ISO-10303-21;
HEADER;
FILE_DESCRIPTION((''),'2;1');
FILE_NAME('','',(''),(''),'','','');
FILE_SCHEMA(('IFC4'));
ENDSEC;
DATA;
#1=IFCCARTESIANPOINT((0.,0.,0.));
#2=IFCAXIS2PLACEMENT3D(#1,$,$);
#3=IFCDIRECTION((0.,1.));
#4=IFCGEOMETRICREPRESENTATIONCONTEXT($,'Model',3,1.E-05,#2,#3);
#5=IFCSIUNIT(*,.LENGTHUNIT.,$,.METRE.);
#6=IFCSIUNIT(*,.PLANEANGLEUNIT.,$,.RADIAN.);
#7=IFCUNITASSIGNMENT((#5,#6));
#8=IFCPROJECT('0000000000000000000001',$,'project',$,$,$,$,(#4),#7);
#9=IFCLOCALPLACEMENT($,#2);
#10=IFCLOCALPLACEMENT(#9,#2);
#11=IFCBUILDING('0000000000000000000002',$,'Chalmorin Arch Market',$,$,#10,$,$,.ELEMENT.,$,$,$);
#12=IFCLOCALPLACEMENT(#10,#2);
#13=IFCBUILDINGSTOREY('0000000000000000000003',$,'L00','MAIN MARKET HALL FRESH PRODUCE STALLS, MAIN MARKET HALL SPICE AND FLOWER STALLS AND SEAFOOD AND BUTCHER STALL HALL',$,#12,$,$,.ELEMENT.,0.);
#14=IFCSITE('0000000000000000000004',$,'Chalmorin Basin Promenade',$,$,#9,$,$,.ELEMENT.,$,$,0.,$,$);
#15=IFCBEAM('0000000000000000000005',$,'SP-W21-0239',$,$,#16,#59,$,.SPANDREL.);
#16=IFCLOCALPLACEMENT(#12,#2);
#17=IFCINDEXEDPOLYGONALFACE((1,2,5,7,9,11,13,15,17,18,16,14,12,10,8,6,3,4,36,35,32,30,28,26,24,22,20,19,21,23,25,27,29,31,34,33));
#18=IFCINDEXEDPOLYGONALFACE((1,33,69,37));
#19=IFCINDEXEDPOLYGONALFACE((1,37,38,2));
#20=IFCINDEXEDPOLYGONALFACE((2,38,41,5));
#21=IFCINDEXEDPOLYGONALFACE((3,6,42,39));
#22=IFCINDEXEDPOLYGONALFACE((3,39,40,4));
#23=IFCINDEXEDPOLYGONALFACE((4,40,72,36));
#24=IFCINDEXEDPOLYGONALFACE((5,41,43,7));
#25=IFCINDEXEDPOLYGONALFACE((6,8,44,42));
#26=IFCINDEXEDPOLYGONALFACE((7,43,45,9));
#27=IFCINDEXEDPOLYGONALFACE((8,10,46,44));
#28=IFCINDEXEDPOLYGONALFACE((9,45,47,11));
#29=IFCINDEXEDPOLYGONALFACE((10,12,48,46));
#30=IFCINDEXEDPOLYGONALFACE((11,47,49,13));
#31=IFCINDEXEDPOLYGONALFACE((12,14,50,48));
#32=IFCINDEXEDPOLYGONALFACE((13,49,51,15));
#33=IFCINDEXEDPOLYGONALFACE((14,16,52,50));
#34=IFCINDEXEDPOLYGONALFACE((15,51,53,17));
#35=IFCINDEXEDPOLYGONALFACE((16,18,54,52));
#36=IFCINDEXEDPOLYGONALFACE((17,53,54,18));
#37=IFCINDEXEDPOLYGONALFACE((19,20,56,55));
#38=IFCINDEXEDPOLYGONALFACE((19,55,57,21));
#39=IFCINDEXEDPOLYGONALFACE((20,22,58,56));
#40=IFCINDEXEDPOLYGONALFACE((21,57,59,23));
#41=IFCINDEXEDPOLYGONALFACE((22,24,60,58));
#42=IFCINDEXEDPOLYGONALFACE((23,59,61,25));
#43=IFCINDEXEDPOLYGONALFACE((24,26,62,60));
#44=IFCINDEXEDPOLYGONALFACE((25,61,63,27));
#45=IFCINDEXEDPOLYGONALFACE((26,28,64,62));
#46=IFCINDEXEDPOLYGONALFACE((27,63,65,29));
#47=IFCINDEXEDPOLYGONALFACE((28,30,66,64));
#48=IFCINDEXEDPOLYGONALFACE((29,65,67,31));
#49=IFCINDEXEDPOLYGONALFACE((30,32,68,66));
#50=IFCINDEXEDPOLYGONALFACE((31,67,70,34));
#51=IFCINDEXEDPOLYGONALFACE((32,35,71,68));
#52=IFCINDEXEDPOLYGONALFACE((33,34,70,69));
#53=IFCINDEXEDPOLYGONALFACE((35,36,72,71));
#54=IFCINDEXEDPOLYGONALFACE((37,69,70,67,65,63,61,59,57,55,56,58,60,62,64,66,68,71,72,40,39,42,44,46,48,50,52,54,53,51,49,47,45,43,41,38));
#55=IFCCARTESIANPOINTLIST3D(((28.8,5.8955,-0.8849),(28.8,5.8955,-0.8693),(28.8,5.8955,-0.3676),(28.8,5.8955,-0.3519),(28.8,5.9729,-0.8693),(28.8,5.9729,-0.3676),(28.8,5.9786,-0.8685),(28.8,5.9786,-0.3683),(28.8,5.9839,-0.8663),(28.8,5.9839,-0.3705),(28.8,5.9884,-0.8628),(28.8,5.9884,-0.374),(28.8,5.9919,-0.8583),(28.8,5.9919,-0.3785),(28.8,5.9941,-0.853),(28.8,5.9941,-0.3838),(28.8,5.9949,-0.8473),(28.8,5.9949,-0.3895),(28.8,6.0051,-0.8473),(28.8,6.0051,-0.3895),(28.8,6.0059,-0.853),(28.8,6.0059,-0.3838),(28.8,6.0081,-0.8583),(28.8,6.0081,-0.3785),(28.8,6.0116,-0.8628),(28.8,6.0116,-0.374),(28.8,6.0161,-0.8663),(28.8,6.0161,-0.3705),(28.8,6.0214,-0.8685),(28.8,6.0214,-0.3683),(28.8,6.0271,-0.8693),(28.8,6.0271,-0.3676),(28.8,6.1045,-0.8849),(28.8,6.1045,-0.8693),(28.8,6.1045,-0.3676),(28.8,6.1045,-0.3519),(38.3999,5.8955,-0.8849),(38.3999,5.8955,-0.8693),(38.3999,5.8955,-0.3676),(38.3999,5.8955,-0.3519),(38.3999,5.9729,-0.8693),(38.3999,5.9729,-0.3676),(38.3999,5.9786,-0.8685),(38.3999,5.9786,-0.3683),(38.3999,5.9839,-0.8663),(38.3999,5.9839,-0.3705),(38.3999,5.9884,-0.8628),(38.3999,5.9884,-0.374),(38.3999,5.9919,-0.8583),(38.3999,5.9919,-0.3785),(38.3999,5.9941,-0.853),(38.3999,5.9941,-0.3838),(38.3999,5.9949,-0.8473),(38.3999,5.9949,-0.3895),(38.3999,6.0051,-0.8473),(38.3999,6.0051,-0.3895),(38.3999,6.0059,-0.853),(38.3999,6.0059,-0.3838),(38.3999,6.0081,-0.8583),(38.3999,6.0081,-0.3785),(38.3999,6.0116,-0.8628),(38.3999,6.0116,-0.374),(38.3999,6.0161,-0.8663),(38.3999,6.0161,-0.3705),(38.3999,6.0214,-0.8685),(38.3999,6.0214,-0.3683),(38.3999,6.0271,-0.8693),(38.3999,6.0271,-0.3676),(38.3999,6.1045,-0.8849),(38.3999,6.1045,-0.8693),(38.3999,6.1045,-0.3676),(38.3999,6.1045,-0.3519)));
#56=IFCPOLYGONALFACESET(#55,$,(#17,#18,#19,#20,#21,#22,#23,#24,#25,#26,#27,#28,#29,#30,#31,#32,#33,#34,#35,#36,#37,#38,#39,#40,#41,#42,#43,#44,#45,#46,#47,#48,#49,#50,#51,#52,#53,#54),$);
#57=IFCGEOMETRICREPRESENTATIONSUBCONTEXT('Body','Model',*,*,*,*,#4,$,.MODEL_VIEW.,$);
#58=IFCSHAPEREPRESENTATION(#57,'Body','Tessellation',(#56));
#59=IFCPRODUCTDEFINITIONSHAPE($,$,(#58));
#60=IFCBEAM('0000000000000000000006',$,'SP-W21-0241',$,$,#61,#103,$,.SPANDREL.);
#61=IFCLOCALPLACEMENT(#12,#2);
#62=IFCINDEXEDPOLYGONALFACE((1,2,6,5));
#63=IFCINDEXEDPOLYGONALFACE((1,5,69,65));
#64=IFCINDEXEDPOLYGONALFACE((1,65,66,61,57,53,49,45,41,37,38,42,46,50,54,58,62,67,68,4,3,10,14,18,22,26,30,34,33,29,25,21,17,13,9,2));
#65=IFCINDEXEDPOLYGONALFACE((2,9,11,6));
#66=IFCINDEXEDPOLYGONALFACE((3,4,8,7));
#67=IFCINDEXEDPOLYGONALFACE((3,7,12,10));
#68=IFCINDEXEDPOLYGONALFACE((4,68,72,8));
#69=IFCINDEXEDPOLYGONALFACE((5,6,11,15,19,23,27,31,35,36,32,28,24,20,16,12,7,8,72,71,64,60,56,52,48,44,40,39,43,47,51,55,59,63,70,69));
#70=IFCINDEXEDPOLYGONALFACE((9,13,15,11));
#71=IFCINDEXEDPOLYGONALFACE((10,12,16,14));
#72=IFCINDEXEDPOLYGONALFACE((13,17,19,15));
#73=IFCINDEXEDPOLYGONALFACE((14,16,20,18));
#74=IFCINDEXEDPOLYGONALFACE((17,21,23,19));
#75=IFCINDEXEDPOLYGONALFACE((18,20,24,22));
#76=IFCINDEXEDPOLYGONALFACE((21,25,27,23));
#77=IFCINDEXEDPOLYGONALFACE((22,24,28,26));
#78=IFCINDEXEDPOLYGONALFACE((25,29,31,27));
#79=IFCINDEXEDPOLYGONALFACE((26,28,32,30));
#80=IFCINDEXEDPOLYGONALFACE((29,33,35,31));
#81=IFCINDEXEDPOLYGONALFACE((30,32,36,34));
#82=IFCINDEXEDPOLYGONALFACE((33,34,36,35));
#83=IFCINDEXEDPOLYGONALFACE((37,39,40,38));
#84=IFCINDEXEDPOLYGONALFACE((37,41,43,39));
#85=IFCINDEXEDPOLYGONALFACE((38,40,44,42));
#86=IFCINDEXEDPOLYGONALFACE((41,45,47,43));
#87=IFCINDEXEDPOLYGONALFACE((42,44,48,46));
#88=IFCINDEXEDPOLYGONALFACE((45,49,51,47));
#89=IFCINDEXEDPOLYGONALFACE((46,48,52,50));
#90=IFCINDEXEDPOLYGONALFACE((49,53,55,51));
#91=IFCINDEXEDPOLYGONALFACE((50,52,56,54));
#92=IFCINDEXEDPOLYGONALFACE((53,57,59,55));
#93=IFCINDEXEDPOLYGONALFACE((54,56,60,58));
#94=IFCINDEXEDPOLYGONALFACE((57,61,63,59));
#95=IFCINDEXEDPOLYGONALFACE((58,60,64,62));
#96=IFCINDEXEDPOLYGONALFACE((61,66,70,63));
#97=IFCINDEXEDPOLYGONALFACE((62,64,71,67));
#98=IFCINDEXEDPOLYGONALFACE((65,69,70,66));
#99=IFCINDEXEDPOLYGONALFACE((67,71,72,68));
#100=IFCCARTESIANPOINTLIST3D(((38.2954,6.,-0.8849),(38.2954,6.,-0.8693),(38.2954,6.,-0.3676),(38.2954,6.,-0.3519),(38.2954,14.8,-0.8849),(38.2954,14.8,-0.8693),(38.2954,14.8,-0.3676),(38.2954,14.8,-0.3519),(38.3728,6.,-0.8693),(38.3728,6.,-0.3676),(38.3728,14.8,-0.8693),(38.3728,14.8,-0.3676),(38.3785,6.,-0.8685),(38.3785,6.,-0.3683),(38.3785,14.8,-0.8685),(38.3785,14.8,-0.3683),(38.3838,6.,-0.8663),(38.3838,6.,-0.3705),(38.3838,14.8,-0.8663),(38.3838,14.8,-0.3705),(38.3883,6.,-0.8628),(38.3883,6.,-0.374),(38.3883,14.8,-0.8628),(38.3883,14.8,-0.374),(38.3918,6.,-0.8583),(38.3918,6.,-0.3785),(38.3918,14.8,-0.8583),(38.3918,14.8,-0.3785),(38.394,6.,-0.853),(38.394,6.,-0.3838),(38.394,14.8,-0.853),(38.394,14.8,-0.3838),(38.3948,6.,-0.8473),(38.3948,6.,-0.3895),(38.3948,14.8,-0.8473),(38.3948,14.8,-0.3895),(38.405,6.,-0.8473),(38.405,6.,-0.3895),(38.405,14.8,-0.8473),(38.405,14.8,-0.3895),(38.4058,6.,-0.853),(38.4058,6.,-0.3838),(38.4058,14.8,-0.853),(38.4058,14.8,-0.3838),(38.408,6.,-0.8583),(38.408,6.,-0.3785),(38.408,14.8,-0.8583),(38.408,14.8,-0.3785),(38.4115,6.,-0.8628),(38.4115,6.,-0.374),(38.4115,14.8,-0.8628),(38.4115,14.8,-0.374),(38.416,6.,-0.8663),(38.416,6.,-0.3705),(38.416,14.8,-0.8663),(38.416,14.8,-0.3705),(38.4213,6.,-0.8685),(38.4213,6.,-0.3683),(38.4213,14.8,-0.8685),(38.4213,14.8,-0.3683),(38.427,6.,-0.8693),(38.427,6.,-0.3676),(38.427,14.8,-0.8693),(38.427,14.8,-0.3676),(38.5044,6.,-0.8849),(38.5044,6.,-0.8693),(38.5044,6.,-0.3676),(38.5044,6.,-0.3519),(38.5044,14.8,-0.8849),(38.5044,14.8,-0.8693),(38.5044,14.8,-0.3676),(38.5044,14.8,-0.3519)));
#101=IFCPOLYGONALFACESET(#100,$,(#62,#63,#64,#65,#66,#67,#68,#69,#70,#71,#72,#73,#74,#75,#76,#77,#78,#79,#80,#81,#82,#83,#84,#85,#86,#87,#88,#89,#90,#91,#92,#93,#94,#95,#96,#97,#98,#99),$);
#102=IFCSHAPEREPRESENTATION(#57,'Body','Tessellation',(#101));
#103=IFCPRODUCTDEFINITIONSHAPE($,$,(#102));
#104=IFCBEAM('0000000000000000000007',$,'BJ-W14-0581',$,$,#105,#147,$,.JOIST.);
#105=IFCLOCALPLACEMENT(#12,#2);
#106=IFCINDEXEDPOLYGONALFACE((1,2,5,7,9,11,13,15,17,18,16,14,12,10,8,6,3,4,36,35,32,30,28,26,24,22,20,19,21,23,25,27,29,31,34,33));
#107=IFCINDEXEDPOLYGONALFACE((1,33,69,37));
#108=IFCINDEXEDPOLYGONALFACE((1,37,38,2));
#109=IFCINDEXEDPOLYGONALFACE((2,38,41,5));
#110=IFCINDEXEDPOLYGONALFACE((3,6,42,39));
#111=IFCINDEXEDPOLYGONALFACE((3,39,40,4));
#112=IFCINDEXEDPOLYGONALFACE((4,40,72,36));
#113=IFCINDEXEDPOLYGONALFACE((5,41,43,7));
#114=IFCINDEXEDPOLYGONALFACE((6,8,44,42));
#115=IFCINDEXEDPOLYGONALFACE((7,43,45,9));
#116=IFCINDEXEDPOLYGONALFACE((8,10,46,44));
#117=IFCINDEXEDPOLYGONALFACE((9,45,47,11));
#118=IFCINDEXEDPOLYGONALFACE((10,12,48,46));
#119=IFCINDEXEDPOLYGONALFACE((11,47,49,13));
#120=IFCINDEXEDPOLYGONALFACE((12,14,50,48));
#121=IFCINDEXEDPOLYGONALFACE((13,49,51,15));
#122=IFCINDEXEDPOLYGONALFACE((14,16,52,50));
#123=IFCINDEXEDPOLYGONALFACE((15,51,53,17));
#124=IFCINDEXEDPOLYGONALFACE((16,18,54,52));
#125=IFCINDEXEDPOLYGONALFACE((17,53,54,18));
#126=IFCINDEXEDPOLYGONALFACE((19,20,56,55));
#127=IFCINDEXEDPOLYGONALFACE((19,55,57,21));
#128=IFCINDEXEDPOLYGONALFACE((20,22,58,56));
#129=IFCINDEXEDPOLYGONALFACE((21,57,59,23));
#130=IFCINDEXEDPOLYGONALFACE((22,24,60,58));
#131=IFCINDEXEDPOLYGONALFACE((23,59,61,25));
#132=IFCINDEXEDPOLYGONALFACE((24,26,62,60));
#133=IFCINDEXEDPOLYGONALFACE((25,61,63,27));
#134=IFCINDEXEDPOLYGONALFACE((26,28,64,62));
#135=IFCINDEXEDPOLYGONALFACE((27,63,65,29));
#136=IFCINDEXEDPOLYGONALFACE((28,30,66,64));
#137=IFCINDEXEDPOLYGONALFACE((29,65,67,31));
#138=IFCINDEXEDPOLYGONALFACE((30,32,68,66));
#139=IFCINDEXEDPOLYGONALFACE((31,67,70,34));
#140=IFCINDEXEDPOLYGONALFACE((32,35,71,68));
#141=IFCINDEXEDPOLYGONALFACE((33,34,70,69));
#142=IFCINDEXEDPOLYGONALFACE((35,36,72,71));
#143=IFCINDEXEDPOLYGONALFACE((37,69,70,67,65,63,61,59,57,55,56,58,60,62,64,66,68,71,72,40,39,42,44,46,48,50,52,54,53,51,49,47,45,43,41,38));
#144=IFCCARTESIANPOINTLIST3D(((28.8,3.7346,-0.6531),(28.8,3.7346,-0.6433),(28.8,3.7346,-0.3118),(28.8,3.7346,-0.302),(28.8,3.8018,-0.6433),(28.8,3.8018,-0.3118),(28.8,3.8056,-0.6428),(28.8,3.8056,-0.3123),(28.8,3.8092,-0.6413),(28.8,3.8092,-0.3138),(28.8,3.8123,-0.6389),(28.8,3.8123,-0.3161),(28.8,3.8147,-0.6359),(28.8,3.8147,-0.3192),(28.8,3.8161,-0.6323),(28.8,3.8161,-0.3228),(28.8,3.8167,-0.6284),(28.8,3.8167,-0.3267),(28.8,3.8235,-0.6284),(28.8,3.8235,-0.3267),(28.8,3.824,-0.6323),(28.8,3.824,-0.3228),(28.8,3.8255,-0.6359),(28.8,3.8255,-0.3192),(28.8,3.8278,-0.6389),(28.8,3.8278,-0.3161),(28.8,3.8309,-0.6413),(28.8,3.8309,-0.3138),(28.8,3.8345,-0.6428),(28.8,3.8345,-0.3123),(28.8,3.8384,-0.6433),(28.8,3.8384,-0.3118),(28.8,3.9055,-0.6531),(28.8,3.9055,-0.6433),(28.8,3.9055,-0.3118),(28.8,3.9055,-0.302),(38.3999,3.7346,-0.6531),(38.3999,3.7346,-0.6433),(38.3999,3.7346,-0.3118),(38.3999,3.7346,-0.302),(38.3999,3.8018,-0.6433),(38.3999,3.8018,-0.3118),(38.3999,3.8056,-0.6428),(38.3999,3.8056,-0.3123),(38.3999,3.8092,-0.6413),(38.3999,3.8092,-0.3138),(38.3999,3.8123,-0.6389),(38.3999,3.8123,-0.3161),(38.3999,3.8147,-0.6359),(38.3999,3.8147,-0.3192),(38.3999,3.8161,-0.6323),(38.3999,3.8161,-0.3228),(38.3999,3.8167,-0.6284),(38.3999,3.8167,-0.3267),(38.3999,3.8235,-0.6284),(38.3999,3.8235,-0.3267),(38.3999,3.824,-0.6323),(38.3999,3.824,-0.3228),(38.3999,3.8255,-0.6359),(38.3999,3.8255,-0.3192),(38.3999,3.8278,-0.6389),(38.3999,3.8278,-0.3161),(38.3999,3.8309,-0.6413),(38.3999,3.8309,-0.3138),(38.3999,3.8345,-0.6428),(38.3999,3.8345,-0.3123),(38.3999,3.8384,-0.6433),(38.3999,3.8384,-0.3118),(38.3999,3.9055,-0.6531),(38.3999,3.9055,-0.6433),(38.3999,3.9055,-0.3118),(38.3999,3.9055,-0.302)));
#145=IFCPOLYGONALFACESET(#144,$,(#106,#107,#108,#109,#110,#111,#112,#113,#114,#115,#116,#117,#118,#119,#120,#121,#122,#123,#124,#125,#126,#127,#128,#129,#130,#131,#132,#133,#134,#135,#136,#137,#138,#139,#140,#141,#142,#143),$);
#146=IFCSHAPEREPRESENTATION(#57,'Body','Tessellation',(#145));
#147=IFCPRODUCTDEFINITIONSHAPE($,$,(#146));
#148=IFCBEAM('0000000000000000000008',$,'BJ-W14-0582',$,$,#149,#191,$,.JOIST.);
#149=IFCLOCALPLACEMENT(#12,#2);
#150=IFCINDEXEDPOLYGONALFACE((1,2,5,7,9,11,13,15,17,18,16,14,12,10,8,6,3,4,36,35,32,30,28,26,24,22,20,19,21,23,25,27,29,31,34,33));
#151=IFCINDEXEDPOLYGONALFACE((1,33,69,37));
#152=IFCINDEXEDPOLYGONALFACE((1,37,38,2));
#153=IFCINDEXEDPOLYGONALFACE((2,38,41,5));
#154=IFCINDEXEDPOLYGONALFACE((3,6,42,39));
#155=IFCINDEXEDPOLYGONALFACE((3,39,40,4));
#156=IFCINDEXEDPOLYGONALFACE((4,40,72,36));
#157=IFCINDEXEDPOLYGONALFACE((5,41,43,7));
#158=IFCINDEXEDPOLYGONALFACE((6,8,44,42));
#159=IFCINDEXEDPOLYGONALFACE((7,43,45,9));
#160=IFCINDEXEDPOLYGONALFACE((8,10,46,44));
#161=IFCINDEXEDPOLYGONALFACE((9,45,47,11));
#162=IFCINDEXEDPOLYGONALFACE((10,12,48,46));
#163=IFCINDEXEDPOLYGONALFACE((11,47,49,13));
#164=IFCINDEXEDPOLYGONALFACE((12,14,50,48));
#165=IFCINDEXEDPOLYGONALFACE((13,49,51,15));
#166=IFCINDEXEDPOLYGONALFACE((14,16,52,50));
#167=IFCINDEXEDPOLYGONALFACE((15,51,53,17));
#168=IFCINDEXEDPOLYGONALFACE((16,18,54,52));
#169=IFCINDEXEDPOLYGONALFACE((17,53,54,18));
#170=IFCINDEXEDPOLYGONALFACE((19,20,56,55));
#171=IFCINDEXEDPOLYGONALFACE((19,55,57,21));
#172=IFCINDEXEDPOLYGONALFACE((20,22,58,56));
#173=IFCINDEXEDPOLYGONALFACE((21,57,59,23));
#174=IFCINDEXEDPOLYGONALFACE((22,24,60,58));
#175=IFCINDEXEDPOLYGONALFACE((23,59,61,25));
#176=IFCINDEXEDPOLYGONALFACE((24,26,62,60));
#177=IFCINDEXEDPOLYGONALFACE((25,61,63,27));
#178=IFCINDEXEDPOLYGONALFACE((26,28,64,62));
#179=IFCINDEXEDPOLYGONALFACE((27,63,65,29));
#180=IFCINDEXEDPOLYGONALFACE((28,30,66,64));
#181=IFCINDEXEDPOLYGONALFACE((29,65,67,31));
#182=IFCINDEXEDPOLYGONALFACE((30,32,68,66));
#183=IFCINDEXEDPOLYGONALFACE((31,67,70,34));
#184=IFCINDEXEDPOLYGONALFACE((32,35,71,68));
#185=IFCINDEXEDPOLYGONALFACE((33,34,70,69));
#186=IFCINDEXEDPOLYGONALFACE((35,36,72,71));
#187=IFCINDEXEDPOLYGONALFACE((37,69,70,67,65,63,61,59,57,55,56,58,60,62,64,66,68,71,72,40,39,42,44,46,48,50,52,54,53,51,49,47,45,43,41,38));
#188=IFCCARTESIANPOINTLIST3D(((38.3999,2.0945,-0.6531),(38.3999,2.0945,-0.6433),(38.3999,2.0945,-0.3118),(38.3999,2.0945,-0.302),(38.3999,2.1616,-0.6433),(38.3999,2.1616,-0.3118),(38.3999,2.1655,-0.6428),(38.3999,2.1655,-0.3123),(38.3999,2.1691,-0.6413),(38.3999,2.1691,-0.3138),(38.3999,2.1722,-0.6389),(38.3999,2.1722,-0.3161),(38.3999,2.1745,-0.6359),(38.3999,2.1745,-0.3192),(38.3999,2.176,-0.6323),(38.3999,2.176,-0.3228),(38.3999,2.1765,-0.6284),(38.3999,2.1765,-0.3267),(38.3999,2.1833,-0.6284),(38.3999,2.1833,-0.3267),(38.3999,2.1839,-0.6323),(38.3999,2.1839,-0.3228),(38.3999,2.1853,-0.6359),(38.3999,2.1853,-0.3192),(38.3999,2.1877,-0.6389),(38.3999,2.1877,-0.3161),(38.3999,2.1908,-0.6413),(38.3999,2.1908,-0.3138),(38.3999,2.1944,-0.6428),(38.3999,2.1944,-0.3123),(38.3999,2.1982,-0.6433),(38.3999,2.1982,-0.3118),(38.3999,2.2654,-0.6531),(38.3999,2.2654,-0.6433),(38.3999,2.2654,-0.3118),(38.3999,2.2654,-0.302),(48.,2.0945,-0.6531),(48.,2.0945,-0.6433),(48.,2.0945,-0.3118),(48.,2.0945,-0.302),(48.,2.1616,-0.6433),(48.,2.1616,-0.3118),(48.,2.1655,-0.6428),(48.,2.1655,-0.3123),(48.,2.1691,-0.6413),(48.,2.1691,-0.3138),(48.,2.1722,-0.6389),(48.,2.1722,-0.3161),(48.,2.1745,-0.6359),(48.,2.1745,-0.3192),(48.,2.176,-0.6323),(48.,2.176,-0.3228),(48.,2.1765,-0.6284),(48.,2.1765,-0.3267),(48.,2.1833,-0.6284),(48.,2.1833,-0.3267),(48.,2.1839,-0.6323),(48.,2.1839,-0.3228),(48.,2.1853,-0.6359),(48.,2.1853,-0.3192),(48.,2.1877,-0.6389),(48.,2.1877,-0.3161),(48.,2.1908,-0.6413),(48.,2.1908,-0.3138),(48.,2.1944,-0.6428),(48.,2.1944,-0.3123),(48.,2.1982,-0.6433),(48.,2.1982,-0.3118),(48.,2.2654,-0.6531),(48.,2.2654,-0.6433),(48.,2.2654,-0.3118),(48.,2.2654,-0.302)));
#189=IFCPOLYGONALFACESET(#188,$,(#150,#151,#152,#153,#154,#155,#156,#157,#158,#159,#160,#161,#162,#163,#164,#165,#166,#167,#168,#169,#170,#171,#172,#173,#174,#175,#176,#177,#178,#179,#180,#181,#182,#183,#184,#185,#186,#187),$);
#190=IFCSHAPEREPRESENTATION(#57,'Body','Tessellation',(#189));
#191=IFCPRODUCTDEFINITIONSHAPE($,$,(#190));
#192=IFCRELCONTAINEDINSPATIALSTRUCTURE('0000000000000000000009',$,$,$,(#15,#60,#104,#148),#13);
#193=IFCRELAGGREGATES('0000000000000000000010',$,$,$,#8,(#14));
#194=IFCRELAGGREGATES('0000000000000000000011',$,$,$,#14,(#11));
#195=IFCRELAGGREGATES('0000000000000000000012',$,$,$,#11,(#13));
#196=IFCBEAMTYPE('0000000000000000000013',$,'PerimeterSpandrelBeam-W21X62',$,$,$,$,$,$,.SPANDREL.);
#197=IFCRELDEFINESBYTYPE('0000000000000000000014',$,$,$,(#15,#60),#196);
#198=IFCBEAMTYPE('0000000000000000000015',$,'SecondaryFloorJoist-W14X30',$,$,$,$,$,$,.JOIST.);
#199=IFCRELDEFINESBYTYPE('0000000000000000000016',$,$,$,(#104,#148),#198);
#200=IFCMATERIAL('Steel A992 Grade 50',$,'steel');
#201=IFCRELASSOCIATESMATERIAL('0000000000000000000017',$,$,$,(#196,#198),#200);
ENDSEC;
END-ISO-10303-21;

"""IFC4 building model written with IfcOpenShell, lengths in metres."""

from ifc_helpers import new_model, si_unit, direction, frame, origin, origin_2d, place, context, subcontext, project, spatial, i_section, extrude, material, material_profile, profile_set, type_object, element, save


model = new_model("IFC4")

# Units and contexts
model_context = context("Model", 3, precision=1e-05, world=origin(), true_north=direction((0.0, 1.0)))
body_context = subcontext(model_context, "Body", "Model", "MODEL_VIEW")
ifc_project = project(units=[si_unit("LENGTHUNIT", "METRE"), si_unit("PLANEANGLEUNIT", "RADIAN")], contexts=[model_context])

# Site, building, storey
site_placement = place(None, origin())
site = spatial("IfcSite", under=ifc_project, at=site_placement, Name="Chalmorin Basin Promenade", CompositionType="ELEMENT", RefElevation=0.0)
building_placement = place(site_placement, origin())
building = spatial("IfcBuilding", under=site, at=building_placement, Name="Chalmorin Arch Market", CompositionType="ELEMENT")
storey_placement = place(building_placement, origin())
storey = spatial("IfcBuildingStorey", under=building, at=storey_placement, Name="L00", Description="MAIN MARKET HALL FRESH PRODUCE STALLS, MAIN MARKET HALL SPICE AND FLOWER STALLS AND SEAFOOD AND BUTCHER STALL HALL", CompositionType="ELEMENT", Elevation=0.0)

# Beams
ifc_material_1 = material(Name="Steel A992 Grade 50", Category="steel")
ifc_material_profile_1 = material_profile(ifc_material_1, i_section(OverallWidth=0.209, OverallDepth=0.533, WebThickness=0.0103, FlangeThickness=0.0156, FilletRadius=0.022, at=origin_2d()), Name="W21X62")
ifc_profile_set_1 = profile_set([ifc_material_profile_1], Name="Steel A992 Grade 50")
beam_type_1 = type_object("IfcBeamType", Name="PerimeterSpandrelBeam-W21X62", PredefinedType="SPANDREL", material=ifc_profile_set_1)
beam_1_placement = place(storey_placement, frame((28.8, 6.0, -0.6184), z_axis=(1.0, 0.0, 0.0), x_axis=(0.0, 1.0, 0.0)))
element("IfcBeam", 1, at=beam_1_placement, inside=storey, type_object=beam_type_1, Name="SP-W21-0239", PredefinedType="SPANDREL", context=body_context, shape_type="SweptSolid", body=[
    extrude(i_section(OverallWidth=0.209, OverallDepth=0.533, WebThickness=0.0103, FlangeThickness=0.0156, FilletRadius=0.022, at=origin_2d()), origin(), (0.0, 0.0, 1.0), 9.5999),
])
beam_2_placement = place(storey_placement, frame((38.3999, 6.0, -0.6184), z_axis=(0.0, 1.0, 0.0), x_axis=(-1.0, 0.0, 0.0)))
element("IfcBeam", 2, at=beam_2_placement, inside=storey, type_object=beam_type_1, Name="SP-W21-0241", PredefinedType="SPANDREL", context=body_context, shape_type="SweptSolid", body=[
    extrude(i_section(OverallWidth=0.209, OverallDepth=0.533, WebThickness=0.0103, FlangeThickness=0.0156, FilletRadius=0.022, at=origin_2d()), origin(), (0.0, 0.0, 1.0), 8.8),
])
ifc_material_profile_2 = material_profile(ifc_material_1, i_section(OverallWidth=0.1709, OverallDepth=0.3511, WebThickness=0.0068, FlangeThickness=0.0098, FilletRadius=0.0149, at=origin_2d()), Name="W14X30")
ifc_profile_set_2 = profile_set([ifc_material_profile_2], Name="Steel A992 Grade 50")
beam_type_2 = type_object("IfcBeamType", Name="SecondaryFloorJoist-W14X30", PredefinedType="JOIST", material=ifc_profile_set_2)
beam_3_placement = place(storey_placement, frame((28.8, 3.8201, -0.4775), z_axis=(1.0, 0.0, 0.0), x_axis=(0.0, 1.0, 0.0)))
element("IfcBeam", 3, at=beam_3_placement, inside=storey, type_object=beam_type_2, Name="BJ-W14-0581", PredefinedType="JOIST", context=body_context, shape_type="SweptSolid", body=[
    extrude(i_section(OverallWidth=0.1709, OverallDepth=0.3511, WebThickness=0.0068, FlangeThickness=0.0098, FilletRadius=0.0149, at=origin_2d()), origin(), (0.0, 0.0, 1.0), 9.5999),
])
for number, where, z_axis, x_axis, name in (
    (4, (38.3999, 2.1799, -0.4775), (1.0, 0.0, 0.0), (0.0, 1.0, 0.0), "BJ-W14-0582"),
):
    element("IfcBeam", number, at=place(storey_placement, frame(where, z_axis=z_axis, x_axis=x_axis)), inside=storey, type_object=beam_type_2, Name=name, PredefinedType="JOIST", context=body_context, shape_type="SweptSolid", body=[
        extrude(i_section(OverallWidth=0.1709, OverallDepth=0.3511, WebThickness=0.0068, FlangeThickness=0.0098, FilletRadius=0.0149, at=origin_2d()), origin(), (0.0, 0.0, 1.0), 9.6001),
    ])

save(model, "model.ifc")
